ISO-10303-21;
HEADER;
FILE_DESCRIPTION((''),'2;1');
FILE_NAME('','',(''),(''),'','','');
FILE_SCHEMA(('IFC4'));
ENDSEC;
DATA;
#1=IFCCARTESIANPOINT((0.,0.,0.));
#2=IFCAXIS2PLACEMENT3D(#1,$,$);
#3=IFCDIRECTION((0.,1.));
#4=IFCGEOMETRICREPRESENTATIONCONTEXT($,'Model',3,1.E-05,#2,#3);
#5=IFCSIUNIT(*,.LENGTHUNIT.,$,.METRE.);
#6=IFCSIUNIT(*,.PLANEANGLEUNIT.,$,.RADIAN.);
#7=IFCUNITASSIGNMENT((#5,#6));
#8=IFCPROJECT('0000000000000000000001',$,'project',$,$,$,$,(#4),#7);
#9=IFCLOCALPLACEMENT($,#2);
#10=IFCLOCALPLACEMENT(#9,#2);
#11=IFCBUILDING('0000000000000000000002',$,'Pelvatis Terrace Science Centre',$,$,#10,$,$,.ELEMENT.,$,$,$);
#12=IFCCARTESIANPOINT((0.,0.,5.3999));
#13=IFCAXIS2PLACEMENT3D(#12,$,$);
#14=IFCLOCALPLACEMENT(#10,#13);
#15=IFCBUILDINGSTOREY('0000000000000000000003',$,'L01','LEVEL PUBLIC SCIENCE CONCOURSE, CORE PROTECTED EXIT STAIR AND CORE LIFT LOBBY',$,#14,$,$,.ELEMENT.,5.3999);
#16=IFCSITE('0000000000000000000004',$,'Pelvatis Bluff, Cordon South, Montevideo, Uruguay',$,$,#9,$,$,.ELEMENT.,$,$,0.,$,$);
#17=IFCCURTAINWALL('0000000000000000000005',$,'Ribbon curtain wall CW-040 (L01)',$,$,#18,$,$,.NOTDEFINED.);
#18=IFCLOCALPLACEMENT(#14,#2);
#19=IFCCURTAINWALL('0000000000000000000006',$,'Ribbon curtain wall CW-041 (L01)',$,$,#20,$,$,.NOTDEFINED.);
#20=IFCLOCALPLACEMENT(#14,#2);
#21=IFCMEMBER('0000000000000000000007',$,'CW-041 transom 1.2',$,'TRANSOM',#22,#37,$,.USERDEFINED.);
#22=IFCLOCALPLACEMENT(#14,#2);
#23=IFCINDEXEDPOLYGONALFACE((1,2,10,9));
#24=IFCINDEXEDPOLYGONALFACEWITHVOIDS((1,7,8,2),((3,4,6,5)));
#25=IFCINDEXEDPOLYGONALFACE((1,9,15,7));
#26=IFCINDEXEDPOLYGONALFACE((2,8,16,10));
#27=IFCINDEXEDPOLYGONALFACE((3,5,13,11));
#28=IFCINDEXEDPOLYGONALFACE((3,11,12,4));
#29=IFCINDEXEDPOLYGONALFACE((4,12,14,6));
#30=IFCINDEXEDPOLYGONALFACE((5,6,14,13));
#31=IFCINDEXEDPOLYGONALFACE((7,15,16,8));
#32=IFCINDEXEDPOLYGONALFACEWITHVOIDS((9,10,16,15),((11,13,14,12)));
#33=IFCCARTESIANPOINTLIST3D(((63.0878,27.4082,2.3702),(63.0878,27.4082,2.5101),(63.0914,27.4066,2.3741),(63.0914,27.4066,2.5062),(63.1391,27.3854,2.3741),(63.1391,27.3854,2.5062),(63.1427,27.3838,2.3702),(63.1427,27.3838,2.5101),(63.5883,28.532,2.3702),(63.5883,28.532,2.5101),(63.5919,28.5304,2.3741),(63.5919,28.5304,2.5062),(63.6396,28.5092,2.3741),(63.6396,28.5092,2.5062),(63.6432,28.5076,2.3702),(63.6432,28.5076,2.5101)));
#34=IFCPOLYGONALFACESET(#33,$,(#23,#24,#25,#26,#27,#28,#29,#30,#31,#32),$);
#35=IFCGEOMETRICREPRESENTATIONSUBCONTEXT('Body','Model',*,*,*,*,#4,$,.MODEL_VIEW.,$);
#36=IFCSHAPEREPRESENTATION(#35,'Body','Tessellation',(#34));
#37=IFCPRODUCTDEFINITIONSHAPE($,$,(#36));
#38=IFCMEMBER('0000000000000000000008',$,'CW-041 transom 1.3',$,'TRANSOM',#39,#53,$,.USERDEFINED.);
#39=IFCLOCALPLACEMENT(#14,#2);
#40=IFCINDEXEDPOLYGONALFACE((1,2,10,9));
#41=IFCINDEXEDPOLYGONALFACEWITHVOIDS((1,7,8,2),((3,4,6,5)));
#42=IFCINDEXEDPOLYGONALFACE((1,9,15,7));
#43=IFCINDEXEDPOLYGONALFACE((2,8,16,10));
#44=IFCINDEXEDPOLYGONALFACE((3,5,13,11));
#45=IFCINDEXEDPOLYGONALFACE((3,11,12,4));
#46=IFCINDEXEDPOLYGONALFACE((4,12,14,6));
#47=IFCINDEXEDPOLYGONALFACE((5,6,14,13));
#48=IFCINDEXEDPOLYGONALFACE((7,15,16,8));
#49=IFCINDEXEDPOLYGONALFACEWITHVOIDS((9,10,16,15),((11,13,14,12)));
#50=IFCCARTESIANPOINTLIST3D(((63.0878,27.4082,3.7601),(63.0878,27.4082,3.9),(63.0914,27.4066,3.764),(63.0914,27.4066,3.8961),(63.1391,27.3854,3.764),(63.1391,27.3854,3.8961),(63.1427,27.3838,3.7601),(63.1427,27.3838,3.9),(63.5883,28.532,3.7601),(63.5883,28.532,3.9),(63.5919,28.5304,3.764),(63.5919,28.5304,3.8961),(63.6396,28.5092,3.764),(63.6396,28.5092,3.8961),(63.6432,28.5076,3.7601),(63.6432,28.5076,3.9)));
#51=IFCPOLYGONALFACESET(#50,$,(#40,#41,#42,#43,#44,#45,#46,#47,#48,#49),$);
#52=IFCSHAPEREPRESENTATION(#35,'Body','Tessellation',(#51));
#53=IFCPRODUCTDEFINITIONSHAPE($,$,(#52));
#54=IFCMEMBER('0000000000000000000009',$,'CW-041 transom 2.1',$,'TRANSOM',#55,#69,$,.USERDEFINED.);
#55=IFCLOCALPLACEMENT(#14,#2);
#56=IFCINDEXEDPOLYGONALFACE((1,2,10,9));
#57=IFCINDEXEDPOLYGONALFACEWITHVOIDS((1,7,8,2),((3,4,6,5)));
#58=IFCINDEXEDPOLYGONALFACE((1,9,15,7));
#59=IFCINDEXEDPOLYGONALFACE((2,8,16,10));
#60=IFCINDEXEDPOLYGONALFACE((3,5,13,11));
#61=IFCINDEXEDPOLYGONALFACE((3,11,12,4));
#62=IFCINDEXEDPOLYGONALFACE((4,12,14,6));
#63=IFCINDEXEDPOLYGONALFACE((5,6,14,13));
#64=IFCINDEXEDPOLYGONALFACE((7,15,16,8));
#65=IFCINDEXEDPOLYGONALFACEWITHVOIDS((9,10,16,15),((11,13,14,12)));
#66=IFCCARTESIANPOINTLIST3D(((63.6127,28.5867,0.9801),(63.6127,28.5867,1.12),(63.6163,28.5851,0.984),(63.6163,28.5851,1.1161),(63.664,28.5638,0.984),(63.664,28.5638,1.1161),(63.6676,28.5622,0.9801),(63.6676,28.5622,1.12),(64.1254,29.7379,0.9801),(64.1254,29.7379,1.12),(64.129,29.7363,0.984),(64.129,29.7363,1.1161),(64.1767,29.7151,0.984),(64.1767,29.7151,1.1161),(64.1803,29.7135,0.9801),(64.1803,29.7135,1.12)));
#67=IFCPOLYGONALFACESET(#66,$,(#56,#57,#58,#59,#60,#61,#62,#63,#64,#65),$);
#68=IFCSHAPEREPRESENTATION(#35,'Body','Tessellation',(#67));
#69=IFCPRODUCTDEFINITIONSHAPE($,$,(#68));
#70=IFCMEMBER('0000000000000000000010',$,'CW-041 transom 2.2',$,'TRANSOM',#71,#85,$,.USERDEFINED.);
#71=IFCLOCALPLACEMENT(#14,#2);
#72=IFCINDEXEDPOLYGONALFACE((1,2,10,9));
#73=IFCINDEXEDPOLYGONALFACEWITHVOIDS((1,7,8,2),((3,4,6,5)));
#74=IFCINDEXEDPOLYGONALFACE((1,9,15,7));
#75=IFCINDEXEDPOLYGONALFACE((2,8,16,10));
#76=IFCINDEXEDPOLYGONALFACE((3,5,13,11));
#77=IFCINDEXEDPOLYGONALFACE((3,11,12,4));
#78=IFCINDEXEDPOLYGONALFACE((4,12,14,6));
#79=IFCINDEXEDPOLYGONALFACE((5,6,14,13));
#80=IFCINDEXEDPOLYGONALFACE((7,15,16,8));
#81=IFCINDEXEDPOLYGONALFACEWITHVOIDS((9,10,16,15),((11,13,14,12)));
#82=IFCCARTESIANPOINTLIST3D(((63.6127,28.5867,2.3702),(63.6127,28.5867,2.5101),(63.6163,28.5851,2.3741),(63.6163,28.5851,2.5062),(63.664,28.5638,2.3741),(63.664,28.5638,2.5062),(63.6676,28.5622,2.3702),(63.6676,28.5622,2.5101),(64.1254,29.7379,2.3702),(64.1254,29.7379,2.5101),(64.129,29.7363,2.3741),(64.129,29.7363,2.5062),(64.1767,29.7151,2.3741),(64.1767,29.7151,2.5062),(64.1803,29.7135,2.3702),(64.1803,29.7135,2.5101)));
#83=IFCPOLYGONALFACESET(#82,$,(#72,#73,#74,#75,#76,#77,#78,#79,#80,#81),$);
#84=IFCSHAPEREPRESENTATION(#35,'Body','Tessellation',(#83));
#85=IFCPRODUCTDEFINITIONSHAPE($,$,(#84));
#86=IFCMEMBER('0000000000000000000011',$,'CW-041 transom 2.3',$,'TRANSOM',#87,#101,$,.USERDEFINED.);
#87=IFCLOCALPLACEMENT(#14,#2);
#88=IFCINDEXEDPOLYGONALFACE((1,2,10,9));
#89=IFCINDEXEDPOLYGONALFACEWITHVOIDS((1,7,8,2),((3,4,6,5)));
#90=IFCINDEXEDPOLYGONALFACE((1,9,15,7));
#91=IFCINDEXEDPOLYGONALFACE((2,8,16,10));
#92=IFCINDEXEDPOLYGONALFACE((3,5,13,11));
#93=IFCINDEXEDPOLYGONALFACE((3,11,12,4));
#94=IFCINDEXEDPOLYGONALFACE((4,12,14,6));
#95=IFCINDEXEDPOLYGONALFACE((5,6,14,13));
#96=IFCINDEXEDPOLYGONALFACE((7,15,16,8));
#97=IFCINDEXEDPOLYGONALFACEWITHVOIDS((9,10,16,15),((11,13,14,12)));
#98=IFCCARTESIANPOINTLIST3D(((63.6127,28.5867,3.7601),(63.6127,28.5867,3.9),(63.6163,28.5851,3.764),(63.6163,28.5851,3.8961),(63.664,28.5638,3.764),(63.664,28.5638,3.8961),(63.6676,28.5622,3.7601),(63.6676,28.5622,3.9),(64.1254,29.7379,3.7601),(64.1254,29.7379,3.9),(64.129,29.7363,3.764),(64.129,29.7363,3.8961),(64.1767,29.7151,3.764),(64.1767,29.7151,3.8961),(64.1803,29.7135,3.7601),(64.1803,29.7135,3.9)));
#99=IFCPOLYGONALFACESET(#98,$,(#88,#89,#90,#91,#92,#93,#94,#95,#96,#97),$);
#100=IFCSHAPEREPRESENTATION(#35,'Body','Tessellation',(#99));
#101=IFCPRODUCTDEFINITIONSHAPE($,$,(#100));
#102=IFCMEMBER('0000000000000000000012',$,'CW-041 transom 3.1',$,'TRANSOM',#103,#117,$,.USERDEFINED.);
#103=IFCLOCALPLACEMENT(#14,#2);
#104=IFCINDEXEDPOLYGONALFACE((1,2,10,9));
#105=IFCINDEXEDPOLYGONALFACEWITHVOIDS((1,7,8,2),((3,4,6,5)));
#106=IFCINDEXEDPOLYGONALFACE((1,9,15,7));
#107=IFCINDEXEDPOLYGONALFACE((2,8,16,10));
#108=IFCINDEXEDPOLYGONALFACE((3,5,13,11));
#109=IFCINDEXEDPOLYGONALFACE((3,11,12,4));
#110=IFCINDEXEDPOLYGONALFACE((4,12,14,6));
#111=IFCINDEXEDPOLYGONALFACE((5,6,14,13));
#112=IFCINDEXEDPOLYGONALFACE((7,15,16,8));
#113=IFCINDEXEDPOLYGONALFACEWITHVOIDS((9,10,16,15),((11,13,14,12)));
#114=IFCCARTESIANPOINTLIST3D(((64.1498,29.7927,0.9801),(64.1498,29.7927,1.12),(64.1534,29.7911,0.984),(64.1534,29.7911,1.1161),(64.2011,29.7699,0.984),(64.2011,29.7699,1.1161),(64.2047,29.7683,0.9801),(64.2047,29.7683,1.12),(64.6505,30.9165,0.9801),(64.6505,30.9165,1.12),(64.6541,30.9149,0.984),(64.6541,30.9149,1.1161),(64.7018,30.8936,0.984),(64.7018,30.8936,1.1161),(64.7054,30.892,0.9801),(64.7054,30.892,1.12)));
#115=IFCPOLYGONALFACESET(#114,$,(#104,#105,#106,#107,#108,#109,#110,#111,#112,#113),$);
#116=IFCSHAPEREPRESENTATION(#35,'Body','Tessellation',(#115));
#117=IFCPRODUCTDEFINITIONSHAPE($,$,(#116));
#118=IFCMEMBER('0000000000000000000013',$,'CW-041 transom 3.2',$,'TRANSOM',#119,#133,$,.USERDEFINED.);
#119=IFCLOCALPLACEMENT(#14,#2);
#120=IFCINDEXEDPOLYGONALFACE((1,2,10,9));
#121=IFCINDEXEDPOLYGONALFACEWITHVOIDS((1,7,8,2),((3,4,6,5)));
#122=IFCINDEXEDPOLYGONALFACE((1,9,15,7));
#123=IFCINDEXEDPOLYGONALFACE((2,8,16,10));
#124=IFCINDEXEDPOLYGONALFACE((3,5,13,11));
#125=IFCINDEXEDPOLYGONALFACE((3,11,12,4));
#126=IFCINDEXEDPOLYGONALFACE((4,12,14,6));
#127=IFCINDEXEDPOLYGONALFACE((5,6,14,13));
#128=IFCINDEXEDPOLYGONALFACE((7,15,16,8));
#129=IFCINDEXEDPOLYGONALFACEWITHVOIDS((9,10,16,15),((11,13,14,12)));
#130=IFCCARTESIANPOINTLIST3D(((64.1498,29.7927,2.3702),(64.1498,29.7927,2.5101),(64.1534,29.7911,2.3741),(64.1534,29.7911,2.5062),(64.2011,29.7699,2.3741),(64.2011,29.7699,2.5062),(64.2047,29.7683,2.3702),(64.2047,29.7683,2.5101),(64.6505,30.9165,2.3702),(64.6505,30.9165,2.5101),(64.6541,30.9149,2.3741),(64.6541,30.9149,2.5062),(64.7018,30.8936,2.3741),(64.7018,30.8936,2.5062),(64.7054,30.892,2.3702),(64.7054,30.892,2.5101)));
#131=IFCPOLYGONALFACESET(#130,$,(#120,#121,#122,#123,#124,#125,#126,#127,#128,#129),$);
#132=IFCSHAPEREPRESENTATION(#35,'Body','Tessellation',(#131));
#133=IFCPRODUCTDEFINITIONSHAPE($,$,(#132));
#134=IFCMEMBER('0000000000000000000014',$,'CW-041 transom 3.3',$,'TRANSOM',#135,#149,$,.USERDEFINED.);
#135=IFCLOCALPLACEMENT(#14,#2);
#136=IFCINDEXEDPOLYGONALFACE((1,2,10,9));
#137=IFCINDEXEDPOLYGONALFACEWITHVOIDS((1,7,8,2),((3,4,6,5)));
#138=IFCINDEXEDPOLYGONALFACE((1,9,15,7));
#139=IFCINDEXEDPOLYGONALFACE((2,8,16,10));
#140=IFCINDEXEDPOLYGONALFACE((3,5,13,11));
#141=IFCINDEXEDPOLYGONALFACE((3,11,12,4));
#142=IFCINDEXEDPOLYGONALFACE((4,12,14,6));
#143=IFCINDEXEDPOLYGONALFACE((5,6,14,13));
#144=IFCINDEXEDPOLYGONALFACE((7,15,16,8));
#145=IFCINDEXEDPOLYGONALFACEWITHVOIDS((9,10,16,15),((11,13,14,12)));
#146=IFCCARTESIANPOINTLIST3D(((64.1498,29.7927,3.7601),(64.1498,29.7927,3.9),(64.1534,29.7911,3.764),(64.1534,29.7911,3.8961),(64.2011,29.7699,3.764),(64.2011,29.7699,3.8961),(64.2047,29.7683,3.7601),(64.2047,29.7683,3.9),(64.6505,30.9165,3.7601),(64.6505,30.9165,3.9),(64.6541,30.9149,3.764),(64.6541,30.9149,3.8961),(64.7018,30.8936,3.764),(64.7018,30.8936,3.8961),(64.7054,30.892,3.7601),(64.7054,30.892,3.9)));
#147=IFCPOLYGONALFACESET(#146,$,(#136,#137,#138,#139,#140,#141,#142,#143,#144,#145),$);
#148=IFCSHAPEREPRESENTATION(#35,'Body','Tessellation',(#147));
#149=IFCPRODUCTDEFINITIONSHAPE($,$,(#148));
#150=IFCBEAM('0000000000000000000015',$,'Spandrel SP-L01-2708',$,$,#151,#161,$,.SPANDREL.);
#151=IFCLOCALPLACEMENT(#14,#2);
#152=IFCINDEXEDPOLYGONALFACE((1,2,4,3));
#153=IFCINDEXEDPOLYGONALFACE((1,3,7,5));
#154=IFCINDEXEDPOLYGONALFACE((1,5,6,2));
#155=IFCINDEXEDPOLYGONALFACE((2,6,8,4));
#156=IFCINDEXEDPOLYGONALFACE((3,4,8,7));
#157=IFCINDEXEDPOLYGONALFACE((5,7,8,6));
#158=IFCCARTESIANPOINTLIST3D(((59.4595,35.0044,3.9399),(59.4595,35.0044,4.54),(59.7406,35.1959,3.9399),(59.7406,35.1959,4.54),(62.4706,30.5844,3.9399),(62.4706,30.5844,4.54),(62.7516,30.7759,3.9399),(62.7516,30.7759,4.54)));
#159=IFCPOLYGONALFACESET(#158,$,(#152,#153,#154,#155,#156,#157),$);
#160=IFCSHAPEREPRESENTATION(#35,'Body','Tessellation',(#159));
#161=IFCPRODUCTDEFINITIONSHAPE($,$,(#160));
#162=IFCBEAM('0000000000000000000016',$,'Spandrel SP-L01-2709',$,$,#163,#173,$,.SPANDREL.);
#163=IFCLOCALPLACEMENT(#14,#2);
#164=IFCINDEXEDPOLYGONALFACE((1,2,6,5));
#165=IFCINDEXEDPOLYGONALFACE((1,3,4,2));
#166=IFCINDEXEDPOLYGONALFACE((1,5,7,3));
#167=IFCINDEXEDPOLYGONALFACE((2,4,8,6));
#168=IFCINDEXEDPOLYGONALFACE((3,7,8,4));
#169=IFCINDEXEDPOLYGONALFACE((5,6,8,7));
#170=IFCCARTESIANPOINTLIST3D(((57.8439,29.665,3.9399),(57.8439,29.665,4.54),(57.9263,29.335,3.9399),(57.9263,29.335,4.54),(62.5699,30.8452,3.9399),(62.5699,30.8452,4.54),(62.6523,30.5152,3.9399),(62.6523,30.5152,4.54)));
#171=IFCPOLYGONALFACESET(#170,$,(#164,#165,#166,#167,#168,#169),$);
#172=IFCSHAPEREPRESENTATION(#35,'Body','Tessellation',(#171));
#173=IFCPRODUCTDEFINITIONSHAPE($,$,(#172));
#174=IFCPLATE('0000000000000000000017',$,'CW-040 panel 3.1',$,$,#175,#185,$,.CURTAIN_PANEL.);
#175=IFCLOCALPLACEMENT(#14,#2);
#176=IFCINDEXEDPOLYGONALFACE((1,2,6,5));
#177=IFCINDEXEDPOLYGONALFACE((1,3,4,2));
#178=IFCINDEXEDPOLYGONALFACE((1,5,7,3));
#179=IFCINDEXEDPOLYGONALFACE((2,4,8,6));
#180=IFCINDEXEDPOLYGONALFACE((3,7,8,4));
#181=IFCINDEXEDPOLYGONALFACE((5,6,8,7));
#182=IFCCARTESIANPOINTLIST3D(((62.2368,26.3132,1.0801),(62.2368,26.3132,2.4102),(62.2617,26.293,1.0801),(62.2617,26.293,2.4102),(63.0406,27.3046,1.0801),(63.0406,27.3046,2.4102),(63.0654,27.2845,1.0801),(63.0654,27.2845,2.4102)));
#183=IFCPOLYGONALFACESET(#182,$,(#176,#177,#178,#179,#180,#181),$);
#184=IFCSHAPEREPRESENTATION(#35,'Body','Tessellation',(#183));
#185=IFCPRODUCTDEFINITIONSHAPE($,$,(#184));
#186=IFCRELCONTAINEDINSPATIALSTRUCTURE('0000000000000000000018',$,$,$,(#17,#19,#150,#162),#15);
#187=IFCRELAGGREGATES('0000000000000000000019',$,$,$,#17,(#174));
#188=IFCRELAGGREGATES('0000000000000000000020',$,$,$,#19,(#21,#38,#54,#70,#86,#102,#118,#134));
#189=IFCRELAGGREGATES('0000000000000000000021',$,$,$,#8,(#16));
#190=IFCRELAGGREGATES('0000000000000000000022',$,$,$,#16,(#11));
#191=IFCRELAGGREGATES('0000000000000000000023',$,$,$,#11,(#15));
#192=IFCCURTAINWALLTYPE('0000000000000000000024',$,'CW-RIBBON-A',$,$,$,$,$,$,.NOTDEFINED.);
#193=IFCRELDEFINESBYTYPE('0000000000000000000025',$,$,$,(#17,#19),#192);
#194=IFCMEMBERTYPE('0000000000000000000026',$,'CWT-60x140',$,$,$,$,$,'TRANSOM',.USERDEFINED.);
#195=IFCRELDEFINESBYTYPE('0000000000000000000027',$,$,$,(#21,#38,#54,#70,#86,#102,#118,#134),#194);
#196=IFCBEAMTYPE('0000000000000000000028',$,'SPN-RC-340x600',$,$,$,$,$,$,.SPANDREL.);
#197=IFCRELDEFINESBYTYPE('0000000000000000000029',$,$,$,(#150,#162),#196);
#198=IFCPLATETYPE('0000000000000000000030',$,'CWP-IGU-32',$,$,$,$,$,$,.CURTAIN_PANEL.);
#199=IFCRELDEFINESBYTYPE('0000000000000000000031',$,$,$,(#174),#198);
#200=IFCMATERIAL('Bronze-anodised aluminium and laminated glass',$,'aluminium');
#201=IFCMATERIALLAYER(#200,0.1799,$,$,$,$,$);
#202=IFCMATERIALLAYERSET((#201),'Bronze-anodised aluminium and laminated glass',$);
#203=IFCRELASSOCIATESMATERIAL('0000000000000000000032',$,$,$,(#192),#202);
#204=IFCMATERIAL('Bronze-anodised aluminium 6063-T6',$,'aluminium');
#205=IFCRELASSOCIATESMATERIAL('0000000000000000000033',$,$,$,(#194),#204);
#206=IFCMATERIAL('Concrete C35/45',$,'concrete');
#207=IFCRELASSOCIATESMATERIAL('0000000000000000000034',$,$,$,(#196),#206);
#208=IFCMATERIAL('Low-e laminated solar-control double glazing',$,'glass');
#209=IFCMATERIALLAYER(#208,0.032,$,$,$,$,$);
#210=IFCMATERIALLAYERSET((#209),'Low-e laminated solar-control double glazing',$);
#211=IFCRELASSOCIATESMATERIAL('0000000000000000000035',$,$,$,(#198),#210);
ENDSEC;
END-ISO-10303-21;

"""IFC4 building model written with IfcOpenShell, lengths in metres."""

from ifc_helpers import new_model, si_unit, direction, frame, origin, origin_2d, place, context, subcontext, project, spatial, rectangle, hollow_rectangle, extrude, material, layer, layer_set, material_profile, profile_set, type_object, element, aggregate, save


model = new_model("IFC4")

# Units and contexts
model_context = context("Model", 3, precision=1e-05, world=origin(), true_north=direction((0.0, 1.0)))
body_context = subcontext(model_context, "Body", "Model", "MODEL_VIEW")
ifc_project = project(units=[si_unit("LENGTHUNIT", "METRE"), si_unit("PLANEANGLEUNIT", "RADIAN")], contexts=[model_context])

# Site, building, storey
site_placement = place(None, origin())
site = spatial("IfcSite", under=ifc_project, at=site_placement, Name="Pelvatis Bluff, Cordon South, Montevideo, Uruguay", CompositionType="ELEMENT", RefElevation=0.0)
building_placement = place(site_placement, origin())
building = spatial("IfcBuilding", under=site, at=building_placement, Name="Pelvatis Terrace Science Centre", CompositionType="ELEMENT")
storey_placement = place(building_placement, frame((0.0, 0.0, 5.3999)))
storey = spatial("IfcBuildingStorey", under=building, at=storey_placement, Name="L01", Description="LEVEL PUBLIC SCIENCE CONCOURSE, CORE PROTECTED EXIT STAIR AND CORE LIFT LOBBY", CompositionType="ELEMENT", Elevation=5.3999)

# Curtain wall
ifc_material_1 = material(Name="Bronze-anodised aluminium and laminated glass", Category="aluminium")
ifc_layer_1 = layer(ifc_material_1, 0.1799)
ifc_layer_set_1 = layer_set([ifc_layer_1], Name="Bronze-anodised aluminium and laminated glass")
curtain_wall_type = type_object("IfcCurtainWallType", Name="CW-RIBBON-A", PredefinedType="NOTDEFINED", material=ifc_layer_set_1)
curtain_wall_1_placement = place(storey_placement, origin())
curtain_wall_1 = element("IfcCurtainWall", 1, at=curtain_wall_1_placement, inside=storey, type_object=curtain_wall_type, Name="Ribbon curtain wall CW-040 (L01)", PredefinedType="NOTDEFINED")

# Curtain wall, members
curtain_wall_2_placement = place(storey_placement, origin())
curtain_wall_2 = element("IfcCurtainWall", 2, at=curtain_wall_2_placement, inside=storey, type_object=curtain_wall_type, Name="Ribbon curtain wall CW-041 (L01)", PredefinedType="NOTDEFINED")
ifc_material_2 = material(Name="Bronze-anodised aluminium 6063-T6", Category="aluminium")
ifc_material_profile_1 = material_profile(ifc_material_2, hollow_rectangle(XDim=0.0601, YDim=0.1399, WallThickness=0.0039, at=origin_2d()), Name="ALU-TRN 60x140")
ifc_profile_set_1 = profile_set([ifc_material_profile_1], Name="Bronze-anodised aluminium 6063-T6")
member_type_1 = type_object("IfcMemberType", Name="CWT-60x140", ElementType="TRANSOM", PredefinedType="USERDEFINED", material=ifc_profile_set_1)
member_1_placement = place(storey_placement, frame((63.1152, 27.396, 2.4402), z_axis=(0.406838, 0.9135, 0.0), x_axis=(-0.9135, 0.406838, 0.0)))
member_1 = element("IfcMember", 3, at=member_1_placement, type_object=member_type_1, Name="CW-041 transom 1.2", ObjectType="TRANSOM", PredefinedType="USERDEFINED", context=body_context, shape_type="SweptSolid", body=[
    extrude(hollow_rectangle(XDim=0.0601, YDim=0.1399, WallThickness=0.0039, at=origin_2d()), origin(), (0.0, 0.0, 1.0), 1.2302),
])
member_2_placement = place(storey_placement, frame((63.1152, 27.396, 3.8301), z_axis=(0.406838, 0.9135, 0.0), x_axis=(-0.9135, 0.406838, 0.0)))
member_2 = element("IfcMember", 4, at=member_2_placement, type_object=member_type_1, Name="CW-041 transom 1.3", ObjectType="TRANSOM", PredefinedType="USERDEFINED", context=body_context, shape_type="SweptSolid", body=[
    extrude(hollow_rectangle(XDim=0.0601, YDim=0.1399, WallThickness=0.0039, at=origin_2d()), origin(), (0.0, 0.0, 1.0), 1.2302),
])
member_3_placement = place(storey_placement, frame((63.6401, 28.5745, 1.05), z_axis=(0.406857, 0.913492, 0.0), x_axis=(-0.913492, 0.406857, 0.0)))
member_3 = element("IfcMember", 5, at=member_3_placement, type_object=member_type_1, Name="CW-041 transom 2.1", ObjectType="TRANSOM", PredefinedType="USERDEFINED", context=body_context, shape_type="SweptSolid", body=[
    extrude(hollow_rectangle(XDim=0.0601, YDim=0.1399, WallThickness=0.0039, at=origin_2d()), origin(), (0.0, 0.0, 1.0), 1.2603),
])
member_4_placement = place(storey_placement, frame((63.6401, 28.5745, 2.4402), z_axis=(0.406857, 0.913492, 0.0), x_axis=(-0.913492, 0.406857, 0.0)))
member_4 = element("IfcMember", 6, at=member_4_placement, type_object=member_type_1, Name="CW-041 transom 2.2", ObjectType="TRANSOM", PredefinedType="USERDEFINED", context=body_context, shape_type="SweptSolid", body=[
    extrude(hollow_rectangle(XDim=0.0601, YDim=0.1399, WallThickness=0.0039, at=origin_2d()), origin(), (0.0, 0.0, 1.0), 1.2603),
])
member_5_placement = place(storey_placement, frame((63.6401, 28.5745, 3.8301), z_axis=(0.406857, 0.913492, 0.0), x_axis=(-0.913492, 0.406857, 0.0)))
member_5 = element("IfcMember", 7, at=member_5_placement, type_object=member_type_1, Name="CW-041 transom 2.3", ObjectType="TRANSOM", PredefinedType="USERDEFINED", context=body_context, shape_type="SweptSolid", body=[
    extrude(hollow_rectangle(XDim=0.0601, YDim=0.1399, WallThickness=0.0039, at=origin_2d()), origin(), (0.0, 0.0, 1.0), 1.2603),
])
member_6_placement = place(storey_placement, frame((64.1772, 29.7805, 1.05), z_axis=(0.407004, 0.913427, 0.0), x_axis=(-0.913427, 0.407004, 0.0)))
member_6 = element("IfcMember", 8, at=member_6_placement, type_object=member_type_1, Name="CW-041 transom 3.1", ObjectType="TRANSOM", PredefinedType="USERDEFINED", context=body_context, shape_type="SweptSolid", body=[
    extrude(hollow_rectangle(XDim=0.0601, YDim=0.1399, WallThickness=0.0039, at=origin_2d()), origin(), (0.0, 0.0, 1.0), 1.2302),
])
member_7_placement = place(storey_placement, frame((64.1772, 29.7805, 2.4402), z_axis=(0.407004, 0.913427, 0.0), x_axis=(-0.913427, 0.407004, 0.0)))
member_7 = element("IfcMember", 9, at=member_7_placement, type_object=member_type_1, Name="CW-041 transom 3.2", ObjectType="TRANSOM", PredefinedType="USERDEFINED", context=body_context, shape_type="SweptSolid", body=[
    extrude(hollow_rectangle(XDim=0.0601, YDim=0.1399, WallThickness=0.0039, at=origin_2d()), origin(), (0.0, 0.0, 1.0), 1.2302),
])
member_8_placement = place(storey_placement, frame((64.1772, 29.7805, 3.8301), z_axis=(0.407004, 0.913427, 0.0), x_axis=(-0.913427, 0.407004, 0.0)))
member_8 = element("IfcMember", 10, at=member_8_placement, type_object=member_type_1, Name="CW-041 transom 3.3", ObjectType="TRANSOM", PredefinedType="USERDEFINED", context=body_context, shape_type="SweptSolid", body=[
    extrude(hollow_rectangle(XDim=0.0601, YDim=0.1399, WallThickness=0.0039, at=origin_2d()), origin(), (0.0, 0.0, 1.0), 1.2302),
])

# Beams
ifc_material_3 = material(Name="Concrete C35/45", Category="concrete")
ifc_material_profile_2 = material_profile(ifc_material_3, rectangle(XDim=0.3401, YDim=0.6001, at=origin_2d()), Name="RC-SPN 340x600")
ifc_profile_set_2 = profile_set([ifc_material_profile_2], Name="Concrete C35/45")
beam_type_1 = type_object("IfcBeamType", Name="SPN-RC-340x600", PredefinedType="SPANDREL", material=ifc_profile_set_2)
beam_1_placement = place(storey_placement, frame((62.6111, 30.6802, 4.24), z_axis=(-0.563005, 0.826453, 0.0), x_axis=(-0.826453, -0.563005, 0.0)))
element("IfcBeam", 11, at=beam_1_placement, inside=storey, type_object=beam_type_1, Name="Spandrel SP-L01-2708", PredefinedType="SPANDREL", context=body_context, shape_type="SweptSolid", body=[
    extrude(rectangle(XDim=0.3401, YDim=0.6001, at=origin_2d()), origin(), (0.0, 0.0, 1.0), 5.3481),
])
beam_2_placement = place(storey_placement, frame((62.6111, 30.6802, 4.24), z_axis=(-0.970207, -0.242276, 0.0), x_axis=(0.242276, -0.970207, 0.0)))
element("IfcBeam", 12, at=beam_2_placement, inside=storey, type_object=beam_type_1, Name="Spandrel SP-L01-2709", PredefinedType="SPANDREL", context=body_context, shape_type="SweptSolid", body=[
    extrude(rectangle(XDim=0.3401, YDim=0.6001, at=origin_2d()), origin(), (0.0, 0.0, 1.0), 4.8711),
])

# Plate
ifc_material_4 = material(Name="Low-e laminated solar-control double glazing", Category="glass")
ifc_layer_2 = layer(ifc_material_4, 0.032)
ifc_layer_set_2 = layer_set([ifc_layer_2], Name="Low-e laminated solar-control double glazing")
plate_type = type_object("IfcPlateType", Name="CWP-IGU-32", PredefinedType="CURTAIN_PANEL", material=ifc_layer_set_2)
plate_1_placement = place(storey_placement, frame((62.6511, 26.7988, 1.0801), z_axis=(0.0, 0.0, 1.0), x_axis=(0.629734, 0.776811, 0.0)))
plate_1 = element("IfcPlate", 13, at=plate_1_placement, type_object=plate_type, Name="CW-040 panel 3.1", PredefinedType="CURTAIN_PANEL", context=body_context, shape_type="SweptSolid", body=[
    extrude(rectangle(XDim=1.2764, YDim=0.032, at=origin_2d()), origin(), (0.0, 0.0, 1.0), 1.3301),
])
aggregate(curtain_wall_1, [plate_1])
aggregate(curtain_wall_2, [member_1, member_2, member_3, member_4, member_5, member_6, member_7, member_8])

save(model, "model.ifc")
